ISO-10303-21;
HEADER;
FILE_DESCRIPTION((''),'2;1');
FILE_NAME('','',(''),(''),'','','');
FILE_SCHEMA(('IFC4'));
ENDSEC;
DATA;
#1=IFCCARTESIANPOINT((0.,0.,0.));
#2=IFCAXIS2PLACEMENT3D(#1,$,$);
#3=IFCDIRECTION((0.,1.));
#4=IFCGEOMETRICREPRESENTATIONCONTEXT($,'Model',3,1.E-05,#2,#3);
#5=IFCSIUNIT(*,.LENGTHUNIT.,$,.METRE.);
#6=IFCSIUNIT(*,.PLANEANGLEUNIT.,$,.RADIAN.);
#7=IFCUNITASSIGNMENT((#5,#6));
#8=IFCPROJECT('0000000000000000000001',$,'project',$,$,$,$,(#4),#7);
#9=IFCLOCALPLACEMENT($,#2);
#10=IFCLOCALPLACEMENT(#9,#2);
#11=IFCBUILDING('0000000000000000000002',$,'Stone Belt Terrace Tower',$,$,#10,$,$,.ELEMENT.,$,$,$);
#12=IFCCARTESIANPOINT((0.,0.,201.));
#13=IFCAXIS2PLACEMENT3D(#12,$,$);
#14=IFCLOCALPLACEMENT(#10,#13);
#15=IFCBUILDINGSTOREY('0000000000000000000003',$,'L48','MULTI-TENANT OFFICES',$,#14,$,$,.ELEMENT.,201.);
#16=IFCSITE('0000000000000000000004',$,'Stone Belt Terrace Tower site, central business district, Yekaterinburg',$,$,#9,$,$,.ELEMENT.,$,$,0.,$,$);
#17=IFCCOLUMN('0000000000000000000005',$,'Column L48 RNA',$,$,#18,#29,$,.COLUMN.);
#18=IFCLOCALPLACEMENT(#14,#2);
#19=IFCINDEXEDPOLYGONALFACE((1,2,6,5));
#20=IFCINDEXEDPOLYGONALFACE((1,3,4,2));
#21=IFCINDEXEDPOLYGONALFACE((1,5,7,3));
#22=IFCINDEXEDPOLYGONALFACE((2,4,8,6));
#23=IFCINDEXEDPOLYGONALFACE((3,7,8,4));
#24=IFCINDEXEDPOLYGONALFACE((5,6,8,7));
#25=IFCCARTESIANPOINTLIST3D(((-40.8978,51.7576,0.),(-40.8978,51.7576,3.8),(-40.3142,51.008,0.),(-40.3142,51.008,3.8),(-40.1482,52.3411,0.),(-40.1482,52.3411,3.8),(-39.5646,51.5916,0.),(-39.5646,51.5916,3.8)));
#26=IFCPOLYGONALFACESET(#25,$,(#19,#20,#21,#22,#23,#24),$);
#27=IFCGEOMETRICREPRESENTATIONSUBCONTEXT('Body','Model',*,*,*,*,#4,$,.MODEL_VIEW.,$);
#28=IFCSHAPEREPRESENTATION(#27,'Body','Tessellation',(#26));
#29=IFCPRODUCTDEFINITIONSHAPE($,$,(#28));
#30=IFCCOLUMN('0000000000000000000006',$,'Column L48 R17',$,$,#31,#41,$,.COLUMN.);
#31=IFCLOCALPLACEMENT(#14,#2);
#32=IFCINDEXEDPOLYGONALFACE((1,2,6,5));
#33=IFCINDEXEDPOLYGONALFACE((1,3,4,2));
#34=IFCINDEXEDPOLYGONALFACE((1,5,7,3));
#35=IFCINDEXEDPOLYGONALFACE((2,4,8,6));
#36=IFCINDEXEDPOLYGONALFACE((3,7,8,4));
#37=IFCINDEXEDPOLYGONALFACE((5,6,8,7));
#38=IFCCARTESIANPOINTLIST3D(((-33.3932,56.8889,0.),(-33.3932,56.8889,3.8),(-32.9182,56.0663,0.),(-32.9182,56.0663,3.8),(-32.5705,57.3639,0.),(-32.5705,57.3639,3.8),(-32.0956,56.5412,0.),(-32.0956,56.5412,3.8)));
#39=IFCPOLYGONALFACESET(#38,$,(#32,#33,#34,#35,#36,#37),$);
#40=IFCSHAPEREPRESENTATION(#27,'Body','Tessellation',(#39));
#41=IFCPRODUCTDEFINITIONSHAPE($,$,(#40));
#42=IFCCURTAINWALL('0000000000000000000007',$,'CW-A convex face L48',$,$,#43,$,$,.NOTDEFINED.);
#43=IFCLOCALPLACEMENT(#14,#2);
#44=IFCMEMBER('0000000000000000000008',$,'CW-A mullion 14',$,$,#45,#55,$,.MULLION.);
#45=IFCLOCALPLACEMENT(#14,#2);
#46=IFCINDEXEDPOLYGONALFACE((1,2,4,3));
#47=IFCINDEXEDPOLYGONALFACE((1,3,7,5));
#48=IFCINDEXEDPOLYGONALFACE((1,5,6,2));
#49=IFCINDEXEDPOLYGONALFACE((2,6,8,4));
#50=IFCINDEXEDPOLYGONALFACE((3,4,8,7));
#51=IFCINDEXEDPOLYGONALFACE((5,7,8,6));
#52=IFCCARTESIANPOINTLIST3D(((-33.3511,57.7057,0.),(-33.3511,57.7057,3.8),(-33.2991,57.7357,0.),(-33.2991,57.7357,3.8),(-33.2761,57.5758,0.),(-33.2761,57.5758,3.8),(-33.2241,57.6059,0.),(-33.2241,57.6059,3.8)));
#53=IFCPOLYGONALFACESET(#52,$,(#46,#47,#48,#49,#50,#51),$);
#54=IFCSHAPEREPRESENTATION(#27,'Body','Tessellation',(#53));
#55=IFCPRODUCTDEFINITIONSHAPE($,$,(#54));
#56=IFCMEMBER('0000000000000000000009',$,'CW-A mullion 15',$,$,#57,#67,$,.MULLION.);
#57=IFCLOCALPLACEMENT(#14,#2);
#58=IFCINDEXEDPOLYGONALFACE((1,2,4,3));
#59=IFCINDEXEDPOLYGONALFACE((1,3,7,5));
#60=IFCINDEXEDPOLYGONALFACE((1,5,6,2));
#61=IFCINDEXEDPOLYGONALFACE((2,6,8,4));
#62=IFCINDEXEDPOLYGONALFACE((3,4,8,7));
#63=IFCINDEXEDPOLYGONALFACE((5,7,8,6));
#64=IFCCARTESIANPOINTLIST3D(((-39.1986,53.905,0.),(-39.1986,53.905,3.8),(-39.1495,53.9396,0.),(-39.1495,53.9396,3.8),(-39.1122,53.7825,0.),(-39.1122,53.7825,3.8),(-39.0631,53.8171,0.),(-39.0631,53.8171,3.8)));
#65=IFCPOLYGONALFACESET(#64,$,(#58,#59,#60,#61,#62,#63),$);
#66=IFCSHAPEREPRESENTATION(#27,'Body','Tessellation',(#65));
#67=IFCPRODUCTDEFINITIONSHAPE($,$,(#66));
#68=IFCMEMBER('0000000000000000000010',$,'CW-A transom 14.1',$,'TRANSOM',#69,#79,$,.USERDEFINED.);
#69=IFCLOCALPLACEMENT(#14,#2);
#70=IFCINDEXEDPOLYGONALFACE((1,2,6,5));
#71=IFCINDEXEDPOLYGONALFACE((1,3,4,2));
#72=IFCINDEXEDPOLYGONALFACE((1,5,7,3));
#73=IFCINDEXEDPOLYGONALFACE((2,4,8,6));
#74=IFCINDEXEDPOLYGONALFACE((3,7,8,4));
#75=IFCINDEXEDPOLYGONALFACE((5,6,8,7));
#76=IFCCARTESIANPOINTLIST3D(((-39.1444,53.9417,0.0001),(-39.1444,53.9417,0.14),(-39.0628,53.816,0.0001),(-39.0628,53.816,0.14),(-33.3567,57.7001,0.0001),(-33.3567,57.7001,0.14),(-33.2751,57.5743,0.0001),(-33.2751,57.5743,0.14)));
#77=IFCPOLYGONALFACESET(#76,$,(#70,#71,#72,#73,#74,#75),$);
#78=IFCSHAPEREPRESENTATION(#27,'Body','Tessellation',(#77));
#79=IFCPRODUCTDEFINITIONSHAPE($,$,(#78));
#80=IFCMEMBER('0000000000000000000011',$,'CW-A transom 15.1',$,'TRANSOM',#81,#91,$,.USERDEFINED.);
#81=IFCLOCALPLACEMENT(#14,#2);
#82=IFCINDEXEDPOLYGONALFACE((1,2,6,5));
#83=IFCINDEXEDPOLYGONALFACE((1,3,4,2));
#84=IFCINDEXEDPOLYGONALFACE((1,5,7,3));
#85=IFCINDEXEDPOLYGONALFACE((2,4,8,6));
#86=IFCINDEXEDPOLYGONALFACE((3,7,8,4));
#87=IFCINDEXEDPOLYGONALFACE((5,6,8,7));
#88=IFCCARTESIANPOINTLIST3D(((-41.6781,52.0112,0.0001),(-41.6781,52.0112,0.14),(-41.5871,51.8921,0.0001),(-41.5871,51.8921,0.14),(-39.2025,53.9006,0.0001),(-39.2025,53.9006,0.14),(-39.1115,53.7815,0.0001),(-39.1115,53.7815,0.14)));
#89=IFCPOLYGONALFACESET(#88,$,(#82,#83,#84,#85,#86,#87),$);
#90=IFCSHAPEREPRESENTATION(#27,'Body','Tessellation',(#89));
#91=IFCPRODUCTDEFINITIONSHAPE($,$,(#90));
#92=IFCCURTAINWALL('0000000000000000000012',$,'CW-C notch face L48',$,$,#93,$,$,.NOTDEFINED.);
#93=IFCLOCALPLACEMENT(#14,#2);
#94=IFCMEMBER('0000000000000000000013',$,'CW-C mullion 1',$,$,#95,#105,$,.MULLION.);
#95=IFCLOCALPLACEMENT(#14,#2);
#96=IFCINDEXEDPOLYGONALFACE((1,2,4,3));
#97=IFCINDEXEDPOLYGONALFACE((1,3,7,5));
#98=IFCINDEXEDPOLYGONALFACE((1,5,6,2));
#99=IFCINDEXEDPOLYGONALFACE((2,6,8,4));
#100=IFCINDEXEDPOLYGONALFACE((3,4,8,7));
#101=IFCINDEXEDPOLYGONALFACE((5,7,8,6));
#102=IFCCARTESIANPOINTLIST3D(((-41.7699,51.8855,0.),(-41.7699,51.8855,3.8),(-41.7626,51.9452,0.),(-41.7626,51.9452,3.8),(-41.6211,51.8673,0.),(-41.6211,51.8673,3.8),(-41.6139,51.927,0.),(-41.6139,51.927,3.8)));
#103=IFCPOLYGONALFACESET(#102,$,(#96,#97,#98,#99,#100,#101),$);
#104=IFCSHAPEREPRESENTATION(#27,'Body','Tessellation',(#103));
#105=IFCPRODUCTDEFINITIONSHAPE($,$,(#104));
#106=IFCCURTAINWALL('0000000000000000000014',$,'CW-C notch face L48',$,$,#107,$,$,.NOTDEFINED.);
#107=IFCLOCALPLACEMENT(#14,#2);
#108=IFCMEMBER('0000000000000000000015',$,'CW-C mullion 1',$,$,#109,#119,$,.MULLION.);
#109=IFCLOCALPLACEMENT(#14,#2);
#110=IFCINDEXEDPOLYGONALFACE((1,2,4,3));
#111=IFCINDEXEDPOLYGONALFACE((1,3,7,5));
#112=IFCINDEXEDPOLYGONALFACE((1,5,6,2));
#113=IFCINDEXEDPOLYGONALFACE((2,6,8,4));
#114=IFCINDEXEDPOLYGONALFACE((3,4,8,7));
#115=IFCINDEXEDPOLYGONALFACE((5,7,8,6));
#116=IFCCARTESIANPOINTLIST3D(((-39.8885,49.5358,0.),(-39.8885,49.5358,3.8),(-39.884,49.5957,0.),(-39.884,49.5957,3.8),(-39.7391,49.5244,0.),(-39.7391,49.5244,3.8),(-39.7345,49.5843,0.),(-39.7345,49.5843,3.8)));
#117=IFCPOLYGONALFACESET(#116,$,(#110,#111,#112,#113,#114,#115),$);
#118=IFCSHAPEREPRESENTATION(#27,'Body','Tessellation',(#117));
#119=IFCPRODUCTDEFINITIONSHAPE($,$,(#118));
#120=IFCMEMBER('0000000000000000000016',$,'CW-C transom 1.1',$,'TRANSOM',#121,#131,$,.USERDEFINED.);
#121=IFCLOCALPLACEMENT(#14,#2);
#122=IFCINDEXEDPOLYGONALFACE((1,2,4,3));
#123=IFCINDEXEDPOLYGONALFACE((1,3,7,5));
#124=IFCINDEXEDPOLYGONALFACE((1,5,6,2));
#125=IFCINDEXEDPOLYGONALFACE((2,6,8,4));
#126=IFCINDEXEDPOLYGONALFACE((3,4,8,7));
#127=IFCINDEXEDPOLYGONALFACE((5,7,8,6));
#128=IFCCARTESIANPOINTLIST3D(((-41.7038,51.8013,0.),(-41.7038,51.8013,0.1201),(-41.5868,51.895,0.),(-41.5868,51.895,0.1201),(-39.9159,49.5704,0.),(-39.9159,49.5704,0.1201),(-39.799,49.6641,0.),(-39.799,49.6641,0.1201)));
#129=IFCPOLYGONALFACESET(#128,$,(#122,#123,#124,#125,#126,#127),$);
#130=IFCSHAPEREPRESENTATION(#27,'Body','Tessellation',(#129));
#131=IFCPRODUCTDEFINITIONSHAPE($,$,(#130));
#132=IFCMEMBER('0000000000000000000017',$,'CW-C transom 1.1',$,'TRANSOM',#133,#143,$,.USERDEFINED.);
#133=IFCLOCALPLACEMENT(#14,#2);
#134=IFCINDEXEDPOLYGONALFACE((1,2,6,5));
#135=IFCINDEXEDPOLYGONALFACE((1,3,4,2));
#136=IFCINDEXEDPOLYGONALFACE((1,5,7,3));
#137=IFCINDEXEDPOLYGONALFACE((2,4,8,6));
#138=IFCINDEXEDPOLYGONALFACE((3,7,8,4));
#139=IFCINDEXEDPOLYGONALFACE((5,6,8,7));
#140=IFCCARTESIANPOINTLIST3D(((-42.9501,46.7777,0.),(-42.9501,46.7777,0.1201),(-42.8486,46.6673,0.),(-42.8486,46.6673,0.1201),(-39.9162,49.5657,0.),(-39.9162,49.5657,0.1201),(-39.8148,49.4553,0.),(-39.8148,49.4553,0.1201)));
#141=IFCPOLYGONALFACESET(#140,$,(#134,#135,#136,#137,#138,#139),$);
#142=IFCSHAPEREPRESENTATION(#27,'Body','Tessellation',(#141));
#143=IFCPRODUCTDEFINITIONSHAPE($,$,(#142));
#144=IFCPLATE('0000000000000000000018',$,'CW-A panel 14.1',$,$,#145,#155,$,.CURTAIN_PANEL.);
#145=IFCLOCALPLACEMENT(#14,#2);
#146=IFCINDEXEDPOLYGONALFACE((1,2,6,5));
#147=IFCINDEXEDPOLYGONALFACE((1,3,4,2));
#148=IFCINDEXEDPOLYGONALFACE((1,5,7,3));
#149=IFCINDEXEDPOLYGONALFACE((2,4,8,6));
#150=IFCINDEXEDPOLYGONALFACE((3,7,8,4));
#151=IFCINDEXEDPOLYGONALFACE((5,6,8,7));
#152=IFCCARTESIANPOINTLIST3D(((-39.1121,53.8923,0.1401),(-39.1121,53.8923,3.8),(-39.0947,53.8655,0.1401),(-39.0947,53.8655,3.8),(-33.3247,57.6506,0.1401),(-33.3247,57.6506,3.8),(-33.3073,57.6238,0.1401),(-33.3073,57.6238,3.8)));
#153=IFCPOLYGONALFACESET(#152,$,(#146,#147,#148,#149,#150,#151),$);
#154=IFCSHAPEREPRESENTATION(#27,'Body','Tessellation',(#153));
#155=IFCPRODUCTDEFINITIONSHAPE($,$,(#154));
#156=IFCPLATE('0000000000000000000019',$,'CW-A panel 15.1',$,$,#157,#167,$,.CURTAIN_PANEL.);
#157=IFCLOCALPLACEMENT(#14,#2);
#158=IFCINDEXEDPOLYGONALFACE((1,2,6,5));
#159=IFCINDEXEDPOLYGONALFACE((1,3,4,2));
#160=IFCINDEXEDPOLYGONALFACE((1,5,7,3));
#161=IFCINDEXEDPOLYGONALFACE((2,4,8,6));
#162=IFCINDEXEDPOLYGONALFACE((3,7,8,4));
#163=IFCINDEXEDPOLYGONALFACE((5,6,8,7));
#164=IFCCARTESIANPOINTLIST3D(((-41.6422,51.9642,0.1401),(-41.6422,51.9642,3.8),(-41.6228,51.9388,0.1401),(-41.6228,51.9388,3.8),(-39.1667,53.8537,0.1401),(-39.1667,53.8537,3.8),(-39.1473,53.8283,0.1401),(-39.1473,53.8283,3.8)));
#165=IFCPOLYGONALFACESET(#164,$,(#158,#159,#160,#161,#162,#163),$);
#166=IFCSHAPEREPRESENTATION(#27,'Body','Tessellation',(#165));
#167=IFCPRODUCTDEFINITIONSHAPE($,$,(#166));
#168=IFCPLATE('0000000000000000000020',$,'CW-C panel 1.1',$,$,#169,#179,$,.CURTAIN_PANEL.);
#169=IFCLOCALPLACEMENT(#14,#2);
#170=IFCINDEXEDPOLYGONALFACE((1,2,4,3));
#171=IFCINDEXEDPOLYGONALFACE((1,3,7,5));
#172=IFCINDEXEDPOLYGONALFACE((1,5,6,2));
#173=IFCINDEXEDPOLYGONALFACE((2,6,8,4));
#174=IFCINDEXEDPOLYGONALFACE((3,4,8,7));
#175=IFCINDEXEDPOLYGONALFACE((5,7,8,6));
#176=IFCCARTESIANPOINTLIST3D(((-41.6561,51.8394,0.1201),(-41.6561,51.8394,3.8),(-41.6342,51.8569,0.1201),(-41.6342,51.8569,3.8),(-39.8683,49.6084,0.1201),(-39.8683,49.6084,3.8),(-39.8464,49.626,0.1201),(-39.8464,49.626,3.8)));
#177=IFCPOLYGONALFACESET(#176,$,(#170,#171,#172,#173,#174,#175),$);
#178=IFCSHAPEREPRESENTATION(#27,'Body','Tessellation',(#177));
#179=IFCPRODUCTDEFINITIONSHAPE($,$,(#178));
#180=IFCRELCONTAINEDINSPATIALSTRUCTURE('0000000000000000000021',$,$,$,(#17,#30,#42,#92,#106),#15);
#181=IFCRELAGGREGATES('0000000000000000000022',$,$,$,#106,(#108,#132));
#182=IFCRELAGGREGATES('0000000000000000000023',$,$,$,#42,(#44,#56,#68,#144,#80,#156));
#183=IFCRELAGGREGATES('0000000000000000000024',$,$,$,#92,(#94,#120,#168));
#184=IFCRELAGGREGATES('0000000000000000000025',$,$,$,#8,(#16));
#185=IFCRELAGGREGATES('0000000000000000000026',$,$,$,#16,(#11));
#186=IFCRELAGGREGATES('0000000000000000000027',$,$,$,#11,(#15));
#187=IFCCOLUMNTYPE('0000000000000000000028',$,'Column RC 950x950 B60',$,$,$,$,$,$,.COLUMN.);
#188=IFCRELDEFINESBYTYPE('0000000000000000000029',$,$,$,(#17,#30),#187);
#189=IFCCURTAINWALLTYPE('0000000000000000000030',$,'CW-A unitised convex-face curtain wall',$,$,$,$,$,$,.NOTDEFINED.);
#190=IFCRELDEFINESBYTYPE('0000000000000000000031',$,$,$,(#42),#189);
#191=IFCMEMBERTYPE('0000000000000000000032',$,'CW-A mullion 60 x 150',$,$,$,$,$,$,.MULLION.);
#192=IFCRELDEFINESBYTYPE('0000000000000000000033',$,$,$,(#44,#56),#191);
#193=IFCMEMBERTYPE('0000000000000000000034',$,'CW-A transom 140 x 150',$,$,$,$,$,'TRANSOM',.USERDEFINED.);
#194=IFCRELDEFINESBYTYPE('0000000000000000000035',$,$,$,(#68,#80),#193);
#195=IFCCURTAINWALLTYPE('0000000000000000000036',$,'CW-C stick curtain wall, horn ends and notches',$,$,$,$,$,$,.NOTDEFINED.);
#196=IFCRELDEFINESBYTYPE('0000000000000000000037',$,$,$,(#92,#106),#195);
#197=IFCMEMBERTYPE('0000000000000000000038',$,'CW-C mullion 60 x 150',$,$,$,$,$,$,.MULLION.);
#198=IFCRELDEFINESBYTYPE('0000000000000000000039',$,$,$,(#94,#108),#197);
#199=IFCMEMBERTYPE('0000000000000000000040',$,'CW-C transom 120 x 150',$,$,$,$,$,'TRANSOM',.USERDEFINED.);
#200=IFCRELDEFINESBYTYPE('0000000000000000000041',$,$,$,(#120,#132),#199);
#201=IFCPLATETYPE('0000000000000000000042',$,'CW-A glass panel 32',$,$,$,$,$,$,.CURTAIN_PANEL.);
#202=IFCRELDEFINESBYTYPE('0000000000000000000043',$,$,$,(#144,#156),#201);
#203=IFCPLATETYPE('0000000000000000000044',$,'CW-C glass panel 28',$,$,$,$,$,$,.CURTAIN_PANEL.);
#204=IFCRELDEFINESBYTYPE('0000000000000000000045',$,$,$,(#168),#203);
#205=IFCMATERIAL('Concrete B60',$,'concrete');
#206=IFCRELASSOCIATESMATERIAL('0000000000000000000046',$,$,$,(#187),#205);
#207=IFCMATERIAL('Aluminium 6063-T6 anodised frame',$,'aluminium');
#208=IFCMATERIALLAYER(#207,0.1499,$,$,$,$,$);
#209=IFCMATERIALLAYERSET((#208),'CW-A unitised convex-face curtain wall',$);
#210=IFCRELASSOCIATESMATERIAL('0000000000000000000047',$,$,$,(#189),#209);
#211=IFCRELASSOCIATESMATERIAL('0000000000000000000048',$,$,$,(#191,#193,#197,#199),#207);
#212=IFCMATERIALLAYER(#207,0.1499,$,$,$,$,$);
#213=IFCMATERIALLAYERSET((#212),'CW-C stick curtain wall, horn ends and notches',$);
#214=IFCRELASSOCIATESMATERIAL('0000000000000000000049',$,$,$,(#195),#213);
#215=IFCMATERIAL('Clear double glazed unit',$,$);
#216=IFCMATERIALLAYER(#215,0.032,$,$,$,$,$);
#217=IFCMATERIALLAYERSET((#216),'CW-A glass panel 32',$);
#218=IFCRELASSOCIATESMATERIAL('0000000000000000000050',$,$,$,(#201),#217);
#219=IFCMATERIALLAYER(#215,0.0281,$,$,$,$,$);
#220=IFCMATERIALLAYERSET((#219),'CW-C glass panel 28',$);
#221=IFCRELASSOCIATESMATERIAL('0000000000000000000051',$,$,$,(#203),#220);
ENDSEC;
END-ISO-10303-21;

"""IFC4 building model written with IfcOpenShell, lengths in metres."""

from ifc_helpers import new_model, si_unit, direction, frame, origin, origin_2d, place, context, subcontext, project, spatial, rectangle, extrude, material, layer, layer_set, material_profile, profile_set, type_object, element, aggregate, save


model = new_model("IFC4")

# Units and contexts
model_context = context("Model", 3, precision=1e-05, world=origin(), true_north=direction((0.0, 1.0)))
body_context = subcontext(model_context, "Body", "Model", "MODEL_VIEW")
ifc_project = project(units=[si_unit("LENGTHUNIT", "METRE"), si_unit("PLANEANGLEUNIT", "RADIAN")], contexts=[model_context])

# Site, building, storey
site_placement = place(None, origin())
site = spatial("IfcSite", under=ifc_project, at=site_placement, Name="Stone Belt Terrace Tower site, central business district, Yekaterinburg", CompositionType="ELEMENT", RefElevation=0.0)
building_placement = place(site_placement, origin())
building = spatial("IfcBuilding", under=site, at=building_placement, Name="Stone Belt Terrace Tower", CompositionType="ELEMENT")
storey_placement = place(building_placement, frame((0.0, 0.0, 201.0)))
storey = spatial("IfcBuildingStorey", under=building, at=storey_placement, Name="L48", Description="MULTI-TENANT OFFICES", CompositionType="ELEMENT", Elevation=201.0)

# Columns
ifc_material_1 = material(Name="Concrete B60", Category="concrete")
ifc_material_profile_1 = material_profile(ifc_material_1, rectangle(XDim=0.95, YDim=0.95, at=origin_2d()), Name="RC 950x950")
ifc_profile_set_1 = profile_set([ifc_material_profile_1], Name="Concrete B60")
column_type = type_object("IfcColumnType", Name="Column RC 950x950 B60", PredefinedType="COLUMN", material=ifc_profile_set_1)
for number, where, z_axis, x_axis, name in (
    (1, (-40.2312, 51.6746, 0.0), (0.0, 0.0, 1.0), (0.789057, 0.61432, 0.0), "Column L48 RNA"),
    (2, (-32.7444, 56.7151, 0.0), (0.0, 0.0, 1.0), (0.866025, 0.5, 0.0), "Column L48 R17"),
):
    element("IfcColumn", number, at=place(storey_placement, frame(where, z_axis=z_axis, x_axis=x_axis)), inside=storey, type_object=column_type, Name=name, PredefinedType="COLUMN", context=body_context, shape_type="SweptSolid", body=[
        extrude(rectangle(XDim=0.95, YDim=0.95, at=origin_2d()), origin(), (0.0, 0.0, 1.0), 3.8),
    ])

# Curtain wall, members
ifc_material_2 = material(Name="Aluminium 6063-T6 anodised frame", Category="aluminium")
ifc_layer_1 = layer(ifc_material_2, 0.1499)
ifc_layer_set_1 = layer_set([ifc_layer_1], Name="CW-A unitised convex-face curtain wall")
curtain_wall_type_1 = type_object("IfcCurtainWallType", Name="CW-A unitised convex-face curtain wall", PredefinedType="NOTDEFINED", material=ifc_layer_set_1)
curtain_wall_1_placement = place(storey_placement, origin())
curtain_wall_1 = element("IfcCurtainWall", 3, at=curtain_wall_1_placement, inside=storey, type_object=curtain_wall_type_1, Name="CW-A convex face L48", PredefinedType="NOTDEFINED")
ifc_material_profile_2 = material_profile(ifc_material_2, rectangle(XDim=0.1499, YDim=0.0601, at=origin_2d()), Name="Aluminium 6063-T6 60x150")
ifc_profile_set_2 = profile_set([ifc_material_profile_2], Name="Aluminium 6063-T6 anodised frame")
member_type_1 = type_object("IfcMemberType", Name="CW-A mullion 60 x 150", PredefinedType="MULLION", material=ifc_profile_set_2)
member_1_placement = place(storey_placement, frame((-33.2876, 57.6558, 0.0), z_axis=(0.0, 0.0, 1.0), x_axis=(0.5, -0.866025, 0.0)))
member_1 = element("IfcMember", 4, at=member_1_placement, type_object=member_type_1, Name="CW-A mullion 14", PredefinedType="MULLION", context=body_context, shape_type="SweptSolid", body=[
    extrude(rectangle(XDim=0.1499, YDim=0.0601, at=origin_2d()), origin(), (0.0, 0.0, 1.0), 3.8),
])
member_2_placement = place(storey_placement, frame((-39.1309, 53.8611, 0.0), z_axis=(0.0, 0.0, 1.0), x_axis=(0.576102, -0.817378, 0.0)))
member_2 = element("IfcMember", 5, at=member_2_placement, type_object=member_type_1, Name="CW-A mullion 15", PredefinedType="MULLION", context=body_context, shape_type="SweptSolid", body=[
    extrude(rectangle(XDim=0.1499, YDim=0.0601, at=origin_2d()), origin(), (0.0, 0.0, 1.0), 3.8),
])
ifc_material_profile_3 = material_profile(ifc_material_2, rectangle(XDim=0.1499, YDim=0.1399, at=origin_2d()), Name="Aluminium 6063-T6 150x140")
ifc_profile_set_3 = profile_set([ifc_material_profile_3], Name="Aluminium 6063-T6 anodised frame")
member_type_2 = type_object("IfcMemberType", Name="CW-A transom 140 x 150", ElementType="TRANSOM", PredefinedType="USERDEFINED", material=ifc_profile_set_3)
member_3_placement = place(storey_placement, frame((-33.3159, 57.6372, 0.0701), z_axis=(-0.838684, -0.544618, 0.0), x_axis=(0.544618, -0.838684, 0.0)))
member_3 = element("IfcMember", 6, at=member_3_placement, type_object=member_type_2, Name="CW-A transom 14.1", ObjectType="TRANSOM", PredefinedType="USERDEFINED", context=body_context, shape_type="SweptSolid", body=[
    extrude(rectangle(XDim=0.1499, YDim=0.1399, at=origin_2d()), origin(), (0.0, 0.0, 1.0), 6.9009),
])
member_4_placement = place(storey_placement, frame((-39.157, 53.8411, 0.0701), z_axis=(-0.794929, -0.606702, 0.0), x_axis=(0.606702, -0.794929, 0.0)))
member_4 = element("IfcMember", 7, at=member_4_placement, type_object=member_type_2, Name="CW-A transom 15.1", ObjectType="TRANSOM", PredefinedType="USERDEFINED", context=body_context, shape_type="SweptSolid", body=[
    extrude(rectangle(XDim=0.1499, YDim=0.1399, at=origin_2d()), origin(), (0.0, 0.0, 1.0), 3.1143),
])

# Curtain walls, members
ifc_layer_2 = layer(ifc_material_2, 0.1499)
ifc_layer_set_2 = layer_set([ifc_layer_2], Name="CW-C stick curtain wall, horn ends and notches")
curtain_wall_type_2 = type_object("IfcCurtainWallType", Name="CW-C stick curtain wall, horn ends and notches", PredefinedType="NOTDEFINED", material=ifc_layer_set_2)
curtain_wall_2_placement = place(storey_placement, origin())
curtain_wall_2 = element("IfcCurtainWall", 8, at=curtain_wall_2_placement, inside=storey, type_object=curtain_wall_type_2, Name="CW-C notch face L48", PredefinedType="NOTDEFINED")
ifc_material_profile_4 = material_profile(ifc_material_2, rectangle(XDim=0.1499, YDim=0.0601, at=origin_2d()), Name="Aluminium 6063-T6 60x150")
ifc_profile_set_4 = profile_set([ifc_material_profile_4], Name="Aluminium 6063-T6 anodised frame")
member_type_3 = type_object("IfcMemberType", Name="CW-C mullion 60 x 150", PredefinedType="MULLION", material=ifc_profile_set_4)
member_5_placement = place(storey_placement, frame((-41.6919, 51.9062, 0.0), z_axis=(0.0, 0.0, 1.0), x_axis=(0.992611, -0.121341, 0.0)))
member_5 = element("IfcMember", 9, at=member_5_placement, type_object=member_type_3, Name="CW-C mullion 1", PredefinedType="MULLION", context=body_context, shape_type="SweptSolid", body=[
    extrude(rectangle(XDim=0.1499, YDim=0.0601, at=origin_2d()), origin(), (0.0, 0.0, 1.0), 3.8),
])
curtain_wall_3_placement = place(storey_placement, origin())
curtain_wall_3 = element("IfcCurtainWall", 10, at=curtain_wall_3_placement, inside=storey, type_object=curtain_wall_type_2, Name="CW-C notch face L48", PredefinedType="NOTDEFINED")
member_6_placement = place(storey_placement, frame((-39.8115, 49.5601, 0.0), z_axis=(0.0, 0.0, 1.0), x_axis=(0.997114, -0.07592, 0.0)))
member_6 = element("IfcMember", 11, at=member_6_placement, type_object=member_type_3, Name="CW-C mullion 1", PredefinedType="MULLION", context=body_context, shape_type="SweptSolid", body=[
    extrude(rectangle(XDim=0.1499, YDim=0.0601, at=origin_2d()), origin(), (0.0, 0.0, 1.0), 3.8),
])

# Members
ifc_material_profile_5 = material_profile(ifc_material_2, rectangle(XDim=0.1499, YDim=0.1201, at=origin_2d()), Name="Aluminium 6063-T6 150x120")
ifc_profile_set_5 = profile_set([ifc_material_profile_5], Name="Aluminium 6063-T6 anodised frame")
member_type_4 = type_object("IfcMemberType", Name="CW-C transom 120 x 150", ElementType="TRANSOM", PredefinedType="USERDEFINED", material=ifc_profile_set_5)
member_7_placement = place(storey_placement, frame((-41.6453, 51.8481, 0.0601), z_axis=(0.625351, -0.780344, 0.0), x_axis=(0.780344, 0.625351, 0.0)))
member_7 = element("IfcMember", 12, at=member_7_placement, type_object=member_type_4, Name="CW-C transom 1.1", ObjectType="TRANSOM", PredefinedType="USERDEFINED", context=body_context, shape_type="SweptSolid", body=[
    extrude(rectangle(XDim=0.1499, YDim=0.1201, at=origin_2d()), origin(), (0.0, 0.0, 1.0), 2.8589),
])
member_8_placement = place(storey_placement, frame((-39.8655, 49.5105, 0.0601), z_axis=(-0.73631, -0.676644, 0.0), x_axis=(0.676644, -0.73631, 0.0)))
member_8 = element("IfcMember", 13, at=member_8_placement, type_object=member_type_4, Name="CW-C transom 1.1", ObjectType="TRANSOM", PredefinedType="USERDEFINED", context=body_context, shape_type="SweptSolid", body=[
    extrude(rectangle(XDim=0.1499, YDim=0.1201, at=origin_2d()), origin(), (0.0, 0.0, 1.0), 4.1204),
])
aggregate(curtain_wall_3, [member_6, member_8])

# Plates
ifc_material_3 = material(Name="Clear double glazed unit")
ifc_layer_3 = layer(ifc_material_3, 0.032)
ifc_layer_set_3 = layer_set([ifc_layer_3], Name="CW-A glass panel 32")
plate_type_1 = type_object("IfcPlateType", Name="CW-A glass panel 32", PredefinedType="CURTAIN_PANEL", material=ifc_layer_set_3)
plate_1_placement = place(storey_placement, frame((-36.2097, 55.7581, 0.1401), z_axis=(0.0, 0.0, 1.0), x_axis=(-0.838671, -0.544639, 0.0)))
plate_1 = element("IfcPlate", 14, at=plate_1_placement, type_object=plate_type_1, Name="CW-A panel 14.1", PredefinedType="CURTAIN_PANEL", context=body_context, shape_type="SweptSolid", body=[
    extrude(rectangle(XDim=6.9006, YDim=0.032, at=origin_2d()), origin(), (0.0, 0.0, 1.0), 3.6599),
])
plate_2_placement = place(storey_placement, frame((-40.3948, 52.8962, 0.1401), z_axis=(0.0, 0.0, 1.0), x_axis=(-0.794905, -0.606733, 0.0)))
plate_2 = element("IfcPlate", 15, at=plate_2_placement, type_object=plate_type_1, Name="CW-A panel 15.1", PredefinedType="CURTAIN_PANEL", context=body_context, shape_type="SweptSolid", body=[
    extrude(rectangle(XDim=3.1143, YDim=0.032, at=origin_2d()), origin(), (0.0, 0.0, 1.0), 3.6599),
])
aggregate(curtain_wall_1, [member_1, member_2, member_3, plate_1, member_4, plate_2])
ifc_layer_4 = layer(ifc_material_3, 0.0281)
ifc_layer_set_4 = layer_set([ifc_layer_4], Name="CW-C glass panel 28")
plate_type_2 = type_object("IfcPlateType", Name="CW-C glass panel 28", PredefinedType="CURTAIN_PANEL", material=ifc_layer_set_4)
plate_3_placement = place(storey_placement, frame((-40.7512, 50.7327, 0.1201), z_axis=(0.0, 0.0, 1.0), x_axis=(0.625343, -0.78035, 0.0)))
plate_3 = element("IfcPlate", 16, at=plate_3_placement, type_object=plate_type_2, Name="CW-C panel 1.1", PredefinedType="CURTAIN_PANEL", context=body_context, shape_type="SweptSolid", body=[
    extrude(rectangle(XDim=2.8589, YDim=0.0281, at=origin_2d()), origin(), (0.0, 0.0, 1.0), 3.6799),
])
aggregate(curtain_wall_2, [member_5, member_7, plate_3])

save(model, "model.ifc")
